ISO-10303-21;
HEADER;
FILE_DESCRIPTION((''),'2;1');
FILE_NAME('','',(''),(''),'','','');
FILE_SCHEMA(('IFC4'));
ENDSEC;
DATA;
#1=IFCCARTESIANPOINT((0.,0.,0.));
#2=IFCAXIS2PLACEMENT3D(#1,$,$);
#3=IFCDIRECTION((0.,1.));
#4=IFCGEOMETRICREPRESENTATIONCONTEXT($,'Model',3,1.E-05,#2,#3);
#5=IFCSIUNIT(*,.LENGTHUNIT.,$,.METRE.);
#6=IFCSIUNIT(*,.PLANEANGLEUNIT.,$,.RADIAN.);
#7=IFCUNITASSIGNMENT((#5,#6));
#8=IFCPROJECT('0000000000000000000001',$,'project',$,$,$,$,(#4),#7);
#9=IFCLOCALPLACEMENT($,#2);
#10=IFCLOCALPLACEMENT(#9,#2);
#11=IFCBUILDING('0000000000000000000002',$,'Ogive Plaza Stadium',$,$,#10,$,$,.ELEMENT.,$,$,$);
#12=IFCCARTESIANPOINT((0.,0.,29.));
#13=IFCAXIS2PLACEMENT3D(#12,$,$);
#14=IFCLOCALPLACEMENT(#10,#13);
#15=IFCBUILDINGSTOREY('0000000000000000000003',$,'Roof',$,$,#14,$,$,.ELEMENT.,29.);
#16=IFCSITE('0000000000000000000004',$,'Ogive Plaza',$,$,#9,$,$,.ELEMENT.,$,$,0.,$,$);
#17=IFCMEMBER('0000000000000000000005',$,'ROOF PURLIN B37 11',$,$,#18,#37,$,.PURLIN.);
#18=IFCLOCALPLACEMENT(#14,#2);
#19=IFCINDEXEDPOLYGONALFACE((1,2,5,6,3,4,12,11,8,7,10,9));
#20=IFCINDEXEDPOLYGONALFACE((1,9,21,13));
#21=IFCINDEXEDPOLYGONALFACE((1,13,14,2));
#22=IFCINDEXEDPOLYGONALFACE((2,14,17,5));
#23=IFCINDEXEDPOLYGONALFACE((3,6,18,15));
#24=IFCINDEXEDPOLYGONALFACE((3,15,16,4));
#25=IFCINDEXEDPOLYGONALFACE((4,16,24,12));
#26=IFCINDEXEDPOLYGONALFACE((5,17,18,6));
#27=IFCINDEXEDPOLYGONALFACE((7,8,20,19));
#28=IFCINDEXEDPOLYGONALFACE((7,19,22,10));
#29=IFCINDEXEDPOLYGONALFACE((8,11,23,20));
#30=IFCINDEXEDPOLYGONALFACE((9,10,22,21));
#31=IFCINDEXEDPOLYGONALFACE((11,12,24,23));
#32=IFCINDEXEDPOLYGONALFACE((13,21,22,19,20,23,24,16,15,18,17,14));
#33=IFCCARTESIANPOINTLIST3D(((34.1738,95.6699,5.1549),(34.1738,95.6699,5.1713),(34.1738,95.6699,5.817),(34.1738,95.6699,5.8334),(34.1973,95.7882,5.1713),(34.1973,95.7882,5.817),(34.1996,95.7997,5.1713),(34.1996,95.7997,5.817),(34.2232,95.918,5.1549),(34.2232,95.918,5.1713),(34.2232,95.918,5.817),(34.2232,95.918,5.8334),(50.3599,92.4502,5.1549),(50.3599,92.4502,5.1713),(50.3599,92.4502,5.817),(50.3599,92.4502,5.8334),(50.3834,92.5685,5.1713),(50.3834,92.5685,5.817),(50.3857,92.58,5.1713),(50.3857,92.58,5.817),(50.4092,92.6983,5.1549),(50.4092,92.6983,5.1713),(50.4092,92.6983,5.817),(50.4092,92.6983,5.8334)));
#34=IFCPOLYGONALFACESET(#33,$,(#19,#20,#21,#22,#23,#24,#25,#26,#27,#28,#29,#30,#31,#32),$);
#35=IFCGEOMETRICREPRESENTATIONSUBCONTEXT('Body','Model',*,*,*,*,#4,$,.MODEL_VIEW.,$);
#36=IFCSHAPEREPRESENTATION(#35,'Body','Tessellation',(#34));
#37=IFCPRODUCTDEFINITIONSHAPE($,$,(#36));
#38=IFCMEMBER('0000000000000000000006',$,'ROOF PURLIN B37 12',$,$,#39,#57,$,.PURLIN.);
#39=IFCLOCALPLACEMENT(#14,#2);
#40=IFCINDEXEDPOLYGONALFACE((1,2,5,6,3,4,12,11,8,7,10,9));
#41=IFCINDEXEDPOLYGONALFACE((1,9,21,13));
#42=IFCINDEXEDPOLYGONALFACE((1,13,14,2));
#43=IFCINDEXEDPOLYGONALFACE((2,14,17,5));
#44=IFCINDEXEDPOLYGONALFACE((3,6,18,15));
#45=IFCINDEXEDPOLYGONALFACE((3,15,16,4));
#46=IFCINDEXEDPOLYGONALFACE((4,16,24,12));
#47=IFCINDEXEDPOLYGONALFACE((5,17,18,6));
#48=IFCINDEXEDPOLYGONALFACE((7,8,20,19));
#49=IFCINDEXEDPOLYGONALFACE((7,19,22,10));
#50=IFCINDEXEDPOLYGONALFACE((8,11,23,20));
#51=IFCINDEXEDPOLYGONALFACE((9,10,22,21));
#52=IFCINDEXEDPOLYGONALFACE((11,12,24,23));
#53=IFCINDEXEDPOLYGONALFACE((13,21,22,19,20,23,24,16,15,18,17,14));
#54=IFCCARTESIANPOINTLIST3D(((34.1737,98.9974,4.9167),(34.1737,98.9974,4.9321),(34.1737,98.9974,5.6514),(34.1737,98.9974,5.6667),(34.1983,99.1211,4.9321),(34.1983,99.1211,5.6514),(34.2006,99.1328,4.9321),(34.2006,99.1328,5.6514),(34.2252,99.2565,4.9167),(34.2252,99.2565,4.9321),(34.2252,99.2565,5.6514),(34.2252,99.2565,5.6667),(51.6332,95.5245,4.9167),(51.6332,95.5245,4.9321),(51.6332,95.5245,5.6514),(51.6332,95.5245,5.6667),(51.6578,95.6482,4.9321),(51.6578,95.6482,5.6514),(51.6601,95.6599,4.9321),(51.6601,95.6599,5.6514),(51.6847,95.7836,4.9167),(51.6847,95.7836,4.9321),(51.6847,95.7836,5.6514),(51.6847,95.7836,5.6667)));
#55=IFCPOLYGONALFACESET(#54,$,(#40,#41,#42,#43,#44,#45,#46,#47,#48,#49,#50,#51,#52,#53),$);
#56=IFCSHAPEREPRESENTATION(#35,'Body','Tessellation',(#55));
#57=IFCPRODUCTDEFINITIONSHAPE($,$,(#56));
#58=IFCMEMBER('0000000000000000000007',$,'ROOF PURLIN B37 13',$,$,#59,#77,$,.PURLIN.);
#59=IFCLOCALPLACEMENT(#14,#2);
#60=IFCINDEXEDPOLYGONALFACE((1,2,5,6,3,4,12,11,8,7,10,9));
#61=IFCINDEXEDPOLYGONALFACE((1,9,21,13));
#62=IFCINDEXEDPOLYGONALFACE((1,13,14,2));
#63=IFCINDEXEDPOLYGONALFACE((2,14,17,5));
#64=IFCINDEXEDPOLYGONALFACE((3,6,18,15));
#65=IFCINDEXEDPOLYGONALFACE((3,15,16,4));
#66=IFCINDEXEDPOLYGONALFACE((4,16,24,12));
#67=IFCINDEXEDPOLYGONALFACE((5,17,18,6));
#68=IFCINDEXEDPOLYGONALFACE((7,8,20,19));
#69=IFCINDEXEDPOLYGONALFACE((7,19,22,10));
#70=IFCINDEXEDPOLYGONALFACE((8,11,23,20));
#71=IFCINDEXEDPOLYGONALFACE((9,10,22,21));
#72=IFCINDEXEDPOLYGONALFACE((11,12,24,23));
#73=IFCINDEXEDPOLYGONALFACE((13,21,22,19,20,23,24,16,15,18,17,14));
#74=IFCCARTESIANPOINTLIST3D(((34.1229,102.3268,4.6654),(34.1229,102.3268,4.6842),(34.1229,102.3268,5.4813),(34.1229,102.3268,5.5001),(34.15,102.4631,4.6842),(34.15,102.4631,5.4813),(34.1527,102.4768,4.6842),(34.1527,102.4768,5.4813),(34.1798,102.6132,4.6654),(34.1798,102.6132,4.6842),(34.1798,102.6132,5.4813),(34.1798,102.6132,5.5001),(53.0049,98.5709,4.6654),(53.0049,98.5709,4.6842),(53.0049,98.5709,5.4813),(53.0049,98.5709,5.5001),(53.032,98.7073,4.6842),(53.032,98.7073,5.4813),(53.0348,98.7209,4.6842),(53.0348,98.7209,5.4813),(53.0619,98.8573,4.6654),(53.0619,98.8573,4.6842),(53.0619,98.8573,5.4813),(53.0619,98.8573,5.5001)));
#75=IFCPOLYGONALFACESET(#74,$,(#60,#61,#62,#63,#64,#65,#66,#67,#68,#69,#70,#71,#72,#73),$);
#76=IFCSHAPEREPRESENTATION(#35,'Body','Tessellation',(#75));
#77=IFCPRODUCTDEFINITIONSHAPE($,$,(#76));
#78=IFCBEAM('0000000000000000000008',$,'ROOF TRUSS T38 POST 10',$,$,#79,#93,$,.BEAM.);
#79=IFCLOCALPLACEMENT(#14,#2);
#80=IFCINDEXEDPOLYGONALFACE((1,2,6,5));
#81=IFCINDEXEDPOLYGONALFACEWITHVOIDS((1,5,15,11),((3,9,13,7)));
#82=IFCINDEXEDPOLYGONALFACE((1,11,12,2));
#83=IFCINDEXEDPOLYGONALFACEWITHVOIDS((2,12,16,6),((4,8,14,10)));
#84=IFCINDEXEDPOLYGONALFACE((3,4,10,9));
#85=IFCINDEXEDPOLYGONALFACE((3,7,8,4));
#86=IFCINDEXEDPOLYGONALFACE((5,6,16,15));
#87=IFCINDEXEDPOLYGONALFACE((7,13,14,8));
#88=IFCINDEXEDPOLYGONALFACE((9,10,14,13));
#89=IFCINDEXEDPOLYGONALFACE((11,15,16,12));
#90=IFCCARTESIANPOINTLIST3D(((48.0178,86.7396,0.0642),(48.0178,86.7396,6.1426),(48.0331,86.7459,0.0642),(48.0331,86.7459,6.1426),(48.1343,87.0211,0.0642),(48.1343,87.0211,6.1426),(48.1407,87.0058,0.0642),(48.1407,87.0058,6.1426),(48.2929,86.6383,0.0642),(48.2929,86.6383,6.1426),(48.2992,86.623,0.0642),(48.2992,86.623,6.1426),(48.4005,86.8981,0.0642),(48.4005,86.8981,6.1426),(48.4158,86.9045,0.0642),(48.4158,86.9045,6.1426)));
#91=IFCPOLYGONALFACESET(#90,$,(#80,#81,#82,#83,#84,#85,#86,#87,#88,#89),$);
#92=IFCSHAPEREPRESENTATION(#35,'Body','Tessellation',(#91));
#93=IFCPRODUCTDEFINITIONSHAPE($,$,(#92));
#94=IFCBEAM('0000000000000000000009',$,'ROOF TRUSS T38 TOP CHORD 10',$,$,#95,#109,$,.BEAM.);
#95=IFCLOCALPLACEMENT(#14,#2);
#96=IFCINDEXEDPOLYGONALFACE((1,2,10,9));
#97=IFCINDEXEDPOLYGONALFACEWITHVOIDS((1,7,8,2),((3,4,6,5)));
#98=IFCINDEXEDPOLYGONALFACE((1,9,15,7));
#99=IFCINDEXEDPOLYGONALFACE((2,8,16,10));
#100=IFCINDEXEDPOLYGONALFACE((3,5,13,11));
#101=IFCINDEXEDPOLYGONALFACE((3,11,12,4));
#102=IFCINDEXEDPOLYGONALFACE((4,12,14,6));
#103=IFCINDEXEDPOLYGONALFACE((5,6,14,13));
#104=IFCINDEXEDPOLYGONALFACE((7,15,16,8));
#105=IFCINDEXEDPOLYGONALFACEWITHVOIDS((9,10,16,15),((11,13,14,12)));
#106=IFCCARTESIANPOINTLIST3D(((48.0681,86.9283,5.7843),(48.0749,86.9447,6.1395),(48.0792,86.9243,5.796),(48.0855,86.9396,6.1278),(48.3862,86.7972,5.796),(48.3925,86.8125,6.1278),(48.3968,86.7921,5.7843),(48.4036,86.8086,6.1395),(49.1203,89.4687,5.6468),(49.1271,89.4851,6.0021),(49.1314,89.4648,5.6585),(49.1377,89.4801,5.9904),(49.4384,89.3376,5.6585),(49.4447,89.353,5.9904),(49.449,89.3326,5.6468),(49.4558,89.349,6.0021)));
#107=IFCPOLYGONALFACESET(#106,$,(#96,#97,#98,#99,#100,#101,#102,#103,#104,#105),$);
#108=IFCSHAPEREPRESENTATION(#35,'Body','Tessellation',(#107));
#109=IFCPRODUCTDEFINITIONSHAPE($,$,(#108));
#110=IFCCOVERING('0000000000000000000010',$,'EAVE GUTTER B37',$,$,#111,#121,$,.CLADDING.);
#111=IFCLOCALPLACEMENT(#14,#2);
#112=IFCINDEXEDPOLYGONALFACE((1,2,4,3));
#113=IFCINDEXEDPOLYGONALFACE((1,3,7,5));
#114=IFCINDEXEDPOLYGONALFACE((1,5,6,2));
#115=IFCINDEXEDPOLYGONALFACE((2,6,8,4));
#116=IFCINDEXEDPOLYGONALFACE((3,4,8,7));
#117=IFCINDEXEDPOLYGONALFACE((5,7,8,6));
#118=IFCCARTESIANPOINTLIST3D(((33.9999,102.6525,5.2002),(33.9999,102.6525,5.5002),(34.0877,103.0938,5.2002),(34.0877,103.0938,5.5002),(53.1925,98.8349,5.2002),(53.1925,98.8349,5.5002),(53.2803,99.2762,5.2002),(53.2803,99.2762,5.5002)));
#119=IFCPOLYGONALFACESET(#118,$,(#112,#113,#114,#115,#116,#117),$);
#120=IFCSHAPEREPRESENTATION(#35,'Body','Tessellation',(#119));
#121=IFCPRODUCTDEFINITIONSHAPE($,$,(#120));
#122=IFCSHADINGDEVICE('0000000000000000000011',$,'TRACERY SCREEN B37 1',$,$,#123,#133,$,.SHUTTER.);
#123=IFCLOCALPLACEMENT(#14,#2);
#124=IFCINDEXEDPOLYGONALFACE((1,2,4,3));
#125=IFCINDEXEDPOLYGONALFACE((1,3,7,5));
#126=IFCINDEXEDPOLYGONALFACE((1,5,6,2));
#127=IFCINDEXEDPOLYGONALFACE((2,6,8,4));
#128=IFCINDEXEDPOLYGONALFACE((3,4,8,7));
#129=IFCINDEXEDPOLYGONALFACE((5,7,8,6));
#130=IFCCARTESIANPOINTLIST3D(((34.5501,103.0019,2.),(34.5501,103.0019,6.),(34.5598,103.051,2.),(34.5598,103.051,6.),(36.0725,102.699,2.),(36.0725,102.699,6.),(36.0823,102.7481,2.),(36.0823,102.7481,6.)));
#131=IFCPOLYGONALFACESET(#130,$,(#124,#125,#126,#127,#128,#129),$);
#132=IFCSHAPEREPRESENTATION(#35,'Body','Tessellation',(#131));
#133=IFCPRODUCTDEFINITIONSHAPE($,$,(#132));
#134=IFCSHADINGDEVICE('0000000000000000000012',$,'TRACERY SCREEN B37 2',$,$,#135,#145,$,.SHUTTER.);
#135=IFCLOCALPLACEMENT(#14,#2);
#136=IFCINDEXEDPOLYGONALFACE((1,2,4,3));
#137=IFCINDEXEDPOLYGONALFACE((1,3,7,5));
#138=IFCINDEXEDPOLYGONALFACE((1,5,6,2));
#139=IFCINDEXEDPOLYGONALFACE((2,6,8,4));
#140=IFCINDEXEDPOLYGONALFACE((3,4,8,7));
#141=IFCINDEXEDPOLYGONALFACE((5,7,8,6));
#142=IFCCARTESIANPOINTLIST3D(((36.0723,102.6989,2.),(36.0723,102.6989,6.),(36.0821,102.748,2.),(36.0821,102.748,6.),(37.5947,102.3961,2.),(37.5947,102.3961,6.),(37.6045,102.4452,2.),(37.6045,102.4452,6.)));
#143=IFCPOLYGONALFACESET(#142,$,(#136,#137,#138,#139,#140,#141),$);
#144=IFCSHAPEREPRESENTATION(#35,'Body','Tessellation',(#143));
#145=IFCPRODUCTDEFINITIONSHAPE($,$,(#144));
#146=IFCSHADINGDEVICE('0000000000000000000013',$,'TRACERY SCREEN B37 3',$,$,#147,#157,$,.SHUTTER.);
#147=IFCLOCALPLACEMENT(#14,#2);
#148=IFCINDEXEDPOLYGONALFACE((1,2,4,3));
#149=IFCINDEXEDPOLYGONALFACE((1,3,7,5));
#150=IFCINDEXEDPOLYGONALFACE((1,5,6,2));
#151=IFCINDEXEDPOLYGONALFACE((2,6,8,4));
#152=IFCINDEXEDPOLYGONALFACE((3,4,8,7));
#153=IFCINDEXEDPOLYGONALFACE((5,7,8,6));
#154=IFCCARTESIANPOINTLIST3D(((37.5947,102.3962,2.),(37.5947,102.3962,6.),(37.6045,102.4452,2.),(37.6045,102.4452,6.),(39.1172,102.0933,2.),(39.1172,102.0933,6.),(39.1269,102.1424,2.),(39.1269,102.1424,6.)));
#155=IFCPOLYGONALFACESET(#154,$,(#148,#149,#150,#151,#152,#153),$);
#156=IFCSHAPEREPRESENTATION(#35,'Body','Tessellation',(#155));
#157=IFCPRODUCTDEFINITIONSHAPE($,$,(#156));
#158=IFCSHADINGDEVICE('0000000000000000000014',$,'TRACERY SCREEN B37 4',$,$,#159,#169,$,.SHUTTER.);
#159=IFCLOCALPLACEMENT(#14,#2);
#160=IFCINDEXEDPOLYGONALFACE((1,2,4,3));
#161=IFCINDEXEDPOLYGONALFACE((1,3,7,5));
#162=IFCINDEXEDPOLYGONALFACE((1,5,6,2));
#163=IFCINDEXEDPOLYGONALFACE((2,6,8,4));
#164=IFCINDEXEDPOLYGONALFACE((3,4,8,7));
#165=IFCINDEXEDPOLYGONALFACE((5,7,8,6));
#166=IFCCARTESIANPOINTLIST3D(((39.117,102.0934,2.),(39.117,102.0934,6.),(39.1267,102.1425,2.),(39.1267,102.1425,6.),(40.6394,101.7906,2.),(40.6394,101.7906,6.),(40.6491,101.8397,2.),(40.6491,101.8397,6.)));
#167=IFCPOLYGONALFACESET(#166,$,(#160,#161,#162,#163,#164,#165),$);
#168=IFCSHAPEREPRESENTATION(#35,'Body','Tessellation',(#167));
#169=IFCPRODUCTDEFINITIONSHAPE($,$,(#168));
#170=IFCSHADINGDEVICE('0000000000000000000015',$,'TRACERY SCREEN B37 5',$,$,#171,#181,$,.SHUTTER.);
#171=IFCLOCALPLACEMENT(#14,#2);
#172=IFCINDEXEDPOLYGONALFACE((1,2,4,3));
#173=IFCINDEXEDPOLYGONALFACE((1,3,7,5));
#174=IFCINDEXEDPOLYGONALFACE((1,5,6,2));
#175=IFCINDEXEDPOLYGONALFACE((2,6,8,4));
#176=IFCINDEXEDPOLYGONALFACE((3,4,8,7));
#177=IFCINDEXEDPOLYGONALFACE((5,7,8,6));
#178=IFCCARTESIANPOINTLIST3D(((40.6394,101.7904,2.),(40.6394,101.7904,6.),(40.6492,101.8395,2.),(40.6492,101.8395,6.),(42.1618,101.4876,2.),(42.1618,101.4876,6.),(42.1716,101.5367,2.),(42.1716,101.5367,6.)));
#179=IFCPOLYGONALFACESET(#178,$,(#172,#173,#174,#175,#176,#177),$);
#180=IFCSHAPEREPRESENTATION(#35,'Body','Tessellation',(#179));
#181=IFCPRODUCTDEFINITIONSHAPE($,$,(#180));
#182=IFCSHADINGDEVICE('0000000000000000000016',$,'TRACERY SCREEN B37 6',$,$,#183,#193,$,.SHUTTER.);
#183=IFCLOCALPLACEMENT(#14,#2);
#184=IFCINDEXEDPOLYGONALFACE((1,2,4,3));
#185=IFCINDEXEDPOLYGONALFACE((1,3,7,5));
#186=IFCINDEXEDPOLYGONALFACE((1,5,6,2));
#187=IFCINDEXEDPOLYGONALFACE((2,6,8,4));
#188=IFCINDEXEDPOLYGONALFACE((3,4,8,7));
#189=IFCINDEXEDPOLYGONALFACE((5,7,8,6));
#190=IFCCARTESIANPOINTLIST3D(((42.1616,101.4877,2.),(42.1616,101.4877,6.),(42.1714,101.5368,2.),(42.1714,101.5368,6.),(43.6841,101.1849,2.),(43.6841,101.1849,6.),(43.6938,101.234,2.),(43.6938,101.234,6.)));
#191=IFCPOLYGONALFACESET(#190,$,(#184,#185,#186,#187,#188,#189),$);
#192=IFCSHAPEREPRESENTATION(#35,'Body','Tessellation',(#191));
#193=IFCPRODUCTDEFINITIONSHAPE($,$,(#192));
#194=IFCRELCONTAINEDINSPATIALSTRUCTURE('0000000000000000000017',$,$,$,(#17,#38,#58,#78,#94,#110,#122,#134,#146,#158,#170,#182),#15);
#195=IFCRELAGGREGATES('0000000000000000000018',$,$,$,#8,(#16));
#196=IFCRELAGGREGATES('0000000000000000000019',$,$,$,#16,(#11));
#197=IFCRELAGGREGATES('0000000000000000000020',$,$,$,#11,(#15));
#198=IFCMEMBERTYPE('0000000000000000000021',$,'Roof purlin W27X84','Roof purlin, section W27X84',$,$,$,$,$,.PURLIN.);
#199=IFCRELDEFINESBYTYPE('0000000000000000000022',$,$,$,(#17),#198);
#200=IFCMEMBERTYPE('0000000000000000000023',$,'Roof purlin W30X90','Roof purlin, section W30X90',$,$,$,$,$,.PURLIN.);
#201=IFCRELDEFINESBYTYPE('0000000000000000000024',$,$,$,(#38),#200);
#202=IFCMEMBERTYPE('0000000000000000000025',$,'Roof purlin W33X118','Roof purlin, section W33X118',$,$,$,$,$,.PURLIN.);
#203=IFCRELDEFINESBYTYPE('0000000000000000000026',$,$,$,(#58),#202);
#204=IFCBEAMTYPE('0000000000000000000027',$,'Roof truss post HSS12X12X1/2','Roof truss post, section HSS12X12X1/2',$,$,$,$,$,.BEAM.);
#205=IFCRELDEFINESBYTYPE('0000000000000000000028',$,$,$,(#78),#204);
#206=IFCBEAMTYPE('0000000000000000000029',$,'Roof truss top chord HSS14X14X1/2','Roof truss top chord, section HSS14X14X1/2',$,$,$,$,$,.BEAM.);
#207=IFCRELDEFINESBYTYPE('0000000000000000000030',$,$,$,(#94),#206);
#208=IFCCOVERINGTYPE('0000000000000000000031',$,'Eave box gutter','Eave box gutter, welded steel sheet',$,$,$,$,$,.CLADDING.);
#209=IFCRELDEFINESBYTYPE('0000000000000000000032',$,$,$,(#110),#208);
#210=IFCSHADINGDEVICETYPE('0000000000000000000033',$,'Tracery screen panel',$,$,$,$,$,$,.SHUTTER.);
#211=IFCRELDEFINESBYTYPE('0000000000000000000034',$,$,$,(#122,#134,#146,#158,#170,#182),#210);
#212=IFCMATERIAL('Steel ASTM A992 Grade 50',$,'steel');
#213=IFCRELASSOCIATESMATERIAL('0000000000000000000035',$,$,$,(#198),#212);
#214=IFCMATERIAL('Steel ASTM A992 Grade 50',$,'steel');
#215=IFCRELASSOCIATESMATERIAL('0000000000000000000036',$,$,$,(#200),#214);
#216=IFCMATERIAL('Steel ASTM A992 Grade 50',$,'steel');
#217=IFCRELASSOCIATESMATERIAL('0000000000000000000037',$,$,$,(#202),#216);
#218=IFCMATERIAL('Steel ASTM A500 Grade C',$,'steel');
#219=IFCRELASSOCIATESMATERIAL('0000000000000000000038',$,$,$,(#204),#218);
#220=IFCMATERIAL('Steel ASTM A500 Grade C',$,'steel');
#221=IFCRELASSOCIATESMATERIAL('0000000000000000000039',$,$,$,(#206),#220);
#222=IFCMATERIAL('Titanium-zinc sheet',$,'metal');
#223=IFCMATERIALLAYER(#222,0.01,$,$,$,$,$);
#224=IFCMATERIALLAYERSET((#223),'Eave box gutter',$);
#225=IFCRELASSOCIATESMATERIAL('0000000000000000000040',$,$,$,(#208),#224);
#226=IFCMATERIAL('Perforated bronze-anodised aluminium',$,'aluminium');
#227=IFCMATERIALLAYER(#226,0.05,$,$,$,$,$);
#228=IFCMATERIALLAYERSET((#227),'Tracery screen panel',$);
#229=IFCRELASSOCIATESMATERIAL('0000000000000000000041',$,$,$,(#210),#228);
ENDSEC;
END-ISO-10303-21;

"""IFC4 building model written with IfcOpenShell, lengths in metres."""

from ifc_helpers import new_model, si_unit, direction, frame, origin, origin_2d, place, context, subcontext, project, spatial, rectangle, hollow_rectangle, i_section, extrude, material, layer, layer_set, material_profile, profile_set, type_object, element, save


model = new_model("IFC4")

# Units and contexts
model_context = context("Model", 3, precision=1e-05, world=origin(), true_north=direction((0.0, 1.0)))
body_context = subcontext(model_context, "Body", "Model", "MODEL_VIEW")
ifc_project = project(units=[si_unit("LENGTHUNIT", "METRE"), si_unit("PLANEANGLEUNIT", "RADIAN")], contexts=[model_context])

# Site, building, storey
site_placement = place(None, origin())
site = spatial("IfcSite", under=ifc_project, at=site_placement, Name="Ogive Plaza", CompositionType="ELEMENT", RefElevation=0.0)
building_placement = place(site_placement, origin())
building = spatial("IfcBuilding", under=site, at=building_placement, Name="Ogive Plaza Stadium", CompositionType="ELEMENT")
storey_placement = place(building_placement, frame((0.0, 0.0, 29.0)))
storey = spatial("IfcBuildingStorey", under=building, at=storey_placement, Name="Roof", CompositionType="ELEMENT", Elevation=29.0)

# Members
ifc_material_1 = material(Name="Steel ASTM A992 Grade 50", Category="steel")
ifc_material_profile_1 = material_profile(ifc_material_1, i_section(OverallWidth=0.2529, OverallDepth=0.6785, WebThickness=0.0117, FlangeThickness=0.0164, at=origin_2d()), Name="W27X84")
ifc_profile_set_1 = profile_set([ifc_material_profile_1], Name="Steel ASTM A992 Grade 50")
member_type_1 = type_object("IfcMemberType", Name="Roof purlin W27X84", Description="Roof purlin, section W27X84", PredefinedType="PURLIN", material=ifc_profile_set_1)
member_1_placement = place(storey_placement, frame((34.1985, 95.7939, 5.4941), z_axis=(0.980784, -0.195098, 0.0), x_axis=(0.195098, 0.980784, 0.0)))
element("IfcMember", 1, at=member_1_placement, inside=storey, type_object=member_type_1, Name="ROOF PURLIN B37 11", PredefinedType="PURLIN", context=body_context, shape_type="SweptSolid", body=[
    extrude(i_section(OverallWidth=0.2529, OverallDepth=0.6785, WebThickness=0.0117, FlangeThickness=0.0164, at=origin_2d()), origin(), (0.0, 0.0, 1.0), 16.5032),
])
ifc_material_2 = material(Name="Steel ASTM A992 Grade 50", Category="steel")
ifc_material_profile_2 = material_profile(ifc_material_2, i_section(OverallWidth=0.2642, OverallDepth=0.75, WebThickness=0.012, FlangeThickness=0.0154, at=origin_2d()), Name="W30X90")
ifc_profile_set_2 = profile_set([ifc_material_profile_2], Name="Steel ASTM A992 Grade 50")
member_type_2 = type_object("IfcMemberType", Name="Roof purlin W30X90", Description="Roof purlin, section W30X90", PredefinedType="PURLIN", material=ifc_profile_set_2)
member_2_placement = place(storey_placement, frame((34.1995, 99.127, 5.2917), z_axis=(0.980785, -0.19509, 0.0), x_axis=(0.19509, 0.980785, 0.0)))
element("IfcMember", 2, at=member_2_placement, inside=storey, type_object=member_type_2, Name="ROOF PURLIN B37 12", PredefinedType="PURLIN", context=body_context, shape_type="SweptSolid", body=[
    extrude(i_section(OverallWidth=0.2642, OverallDepth=0.75, WebThickness=0.012, FlangeThickness=0.0154, at=origin_2d()), origin(), (0.0, 0.0, 1.0), 17.8015),
])
ifc_material_3 = material(Name="Steel ASTM A992 Grade 50", Category="steel")
ifc_material_profile_3 = material_profile(ifc_material_3, i_section(OverallWidth=0.292, OverallDepth=0.8347, WebThickness=0.0139, FlangeThickness=0.0188, at=origin_2d()), Name="W33X118")
ifc_profile_set_3 = profile_set([ifc_material_profile_3], Name="Steel ASTM A992 Grade 50")
member_type_3 = type_object("IfcMemberType", Name="Roof purlin W33X118", Description="Roof purlin, section W33X118", PredefinedType="PURLIN", material=ifc_profile_set_3)
member_3_placement = place(storey_placement, frame((34.1514, 102.47, 5.0828), z_axis=(0.980785, -0.195089, 0.0), x_axis=(0.195089, 0.980785, 0.0)))
element("IfcMember", 3, at=member_3_placement, inside=storey, type_object=member_type_3, Name="ROOF PURLIN B37 13", PredefinedType="PURLIN", context=body_context, shape_type="SweptSolid", body=[
    extrude(i_section(OverallWidth=0.292, OverallDepth=0.8347, WebThickness=0.0139, FlangeThickness=0.0188, at=origin_2d()), origin(), (0.0, 0.0, 1.0), 19.252),
])

# Beams
ifc_material_4 = material(Name="Steel ASTM A500 Grade C", Category="steel")
ifc_material_profile_4 = material_profile(ifc_material_4, hollow_rectangle(XDim=0.3047, YDim=0.3047, WallThickness=0.0117, at=origin_2d()), Name="HSS12X12X1/2")
ifc_profile_set_4 = profile_set([ifc_material_profile_4], Name="Steel ASTM A500 Grade C")
beam_type_1 = type_object("IfcBeamType", Name="Roof truss post HSS12X12X1/2", Description="Roof truss post, section HSS12X12X1/2", PredefinedType="BEAM", material=ifc_profile_set_4)
beam_1_placement = place(storey_placement, frame((48.2168, 86.822, 0.0642), z_axis=(0.0, 0.0, 1.0), x_axis=(-0.92388, 0.382683, 0.0)))
element("IfcBeam", 4, at=beam_1_placement, inside=storey, type_object=beam_type_1, Name="ROOF TRUSS T38 POST 10", PredefinedType="BEAM", context=body_context, shape_type="SweptSolid", body=[
    extrude(hollow_rectangle(XDim=0.3047, YDim=0.3047, WallThickness=0.0117, at=origin_2d()), origin(), (0.0, 0.0, 1.0), 6.0784),
])
ifc_material_5 = material(Name="Steel ASTM A500 Grade C", Category="steel")
ifc_material_profile_5 = material_profile(ifc_material_5, hollow_rectangle(XDim=0.3557, YDim=0.3557, WallThickness=0.0117, at=origin_2d()), Name="HSS14X14X1/2")
ifc_profile_set_5 = profile_set([ifc_material_profile_5], Name="Steel ASTM A500 Grade C")
beam_type_2 = type_object("IfcBeamType", Name="Roof truss top chord HSS14X14X1/2", Description="Roof truss top chord, section HSS14X14X1/2", PredefinedType="BEAM", material=ifc_profile_set_5)
beam_2_placement = place(storey_placement, frame((48.2358, 86.8684, 5.9619), z_axis=(0.382183, 0.922737, -0.049923), x_axis=(-0.923889, 0.38266, 0.0)))
element("IfcBeam", 5, at=beam_2_placement, inside=storey, type_object=beam_type_2, Name="ROOF TRUSS T38 TOP CHORD 10", PredefinedType="BEAM", context=body_context, shape_type="SweptSolid", body=[
    extrude(hollow_rectangle(XDim=0.3557, YDim=0.3557, WallThickness=0.0117, at=origin_2d()), origin(), (0.0, 0.0, 1.0), 2.7532),
])

# Covering
ifc_material_6 = material(Name="Titanium-zinc sheet", Category="metal")
ifc_layer_1 = layer(ifc_material_6, 0.01)
ifc_layer_set_1 = layer_set([ifc_layer_1], Name="Eave box gutter")
covering_type = type_object("IfcCoveringType", Name="Eave box gutter", Description="Eave box gutter, welded steel sheet", PredefinedType="CLADDING", material=ifc_layer_set_1)
covering_placement = place(storey_placement, frame((43.6401, 100.9644, 5.2002), z_axis=(0.0, 0.0, 1.0), x_axis=(0.980785, -0.19509, 0.0)))
element("IfcCovering", 6, at=covering_placement, inside=storey, type_object=covering_type, Name="EAVE GUTTER B37", PredefinedType="CLADDING", context=body_context, shape_type="SweptSolid", body=[
    extrude(rectangle(XDim=19.5686, YDim=0.45, at=origin_2d()), origin(), (0.0, 0.0, 1.0), 0.3),
])

# Shading devices
ifc_material_7 = material(Name="Perforated bronze-anodised aluminium", Category="aluminium")
ifc_layer_2 = layer(ifc_material_7, 0.05)
ifc_layer_set_2 = layer_set([ifc_layer_2], Name="Tracery screen panel")
shading_device_type = type_object("IfcShadingDeviceType", Name="Tracery screen panel", PredefinedType="SHUTTER", material=ifc_layer_set_2)
for number, where, z_axis, x_axis, name in (
    (7, (35.3162, 102.875, 2.0), (0.0, 0.0, 1.0), (0.980785, -0.19509, 0.0), "TRACERY SCREEN B37 1"),
    (8, (36.8384, 102.572, 2.0), (0.0, 0.0, 1.0), (0.980785, -0.19509, 0.0), "TRACERY SCREEN B37 2"),
    (9, (38.3608, 102.2693, 2.0), (0.0, 0.0, 1.0), (0.980785, -0.19509, 0.0), "TRACERY SCREEN B37 3"),
    (10, (39.8831, 101.9666, 2.0), (0.0, 0.0, 1.0), (0.980785, -0.19509, 0.0), "TRACERY SCREEN B37 4"),
    (11, (41.4055, 101.6636, 2.0), (0.0, 0.0, 1.0), (0.980785, -0.19509, 0.0), "TRACERY SCREEN B37 5"),
    (12, (42.9277, 101.3608, 2.0), (0.0, 0.0, 1.0), (0.980785, -0.19509, 0.0), "TRACERY SCREEN B37 6"),
):
    element("IfcShadingDevice", number, at=place(storey_placement, frame(where, z_axis=z_axis, x_axis=x_axis)), inside=storey, type_object=shading_device_type, Name=name, PredefinedType="SHUTTER", context=body_context, shape_type="SweptSolid", body=[
        extrude(rectangle(XDim=1.5522, YDim=0.05, at=origin_2d()), origin(), (0.0, 0.0, 1.0), 4.0),
    ])

save(model, "model.ifc")
